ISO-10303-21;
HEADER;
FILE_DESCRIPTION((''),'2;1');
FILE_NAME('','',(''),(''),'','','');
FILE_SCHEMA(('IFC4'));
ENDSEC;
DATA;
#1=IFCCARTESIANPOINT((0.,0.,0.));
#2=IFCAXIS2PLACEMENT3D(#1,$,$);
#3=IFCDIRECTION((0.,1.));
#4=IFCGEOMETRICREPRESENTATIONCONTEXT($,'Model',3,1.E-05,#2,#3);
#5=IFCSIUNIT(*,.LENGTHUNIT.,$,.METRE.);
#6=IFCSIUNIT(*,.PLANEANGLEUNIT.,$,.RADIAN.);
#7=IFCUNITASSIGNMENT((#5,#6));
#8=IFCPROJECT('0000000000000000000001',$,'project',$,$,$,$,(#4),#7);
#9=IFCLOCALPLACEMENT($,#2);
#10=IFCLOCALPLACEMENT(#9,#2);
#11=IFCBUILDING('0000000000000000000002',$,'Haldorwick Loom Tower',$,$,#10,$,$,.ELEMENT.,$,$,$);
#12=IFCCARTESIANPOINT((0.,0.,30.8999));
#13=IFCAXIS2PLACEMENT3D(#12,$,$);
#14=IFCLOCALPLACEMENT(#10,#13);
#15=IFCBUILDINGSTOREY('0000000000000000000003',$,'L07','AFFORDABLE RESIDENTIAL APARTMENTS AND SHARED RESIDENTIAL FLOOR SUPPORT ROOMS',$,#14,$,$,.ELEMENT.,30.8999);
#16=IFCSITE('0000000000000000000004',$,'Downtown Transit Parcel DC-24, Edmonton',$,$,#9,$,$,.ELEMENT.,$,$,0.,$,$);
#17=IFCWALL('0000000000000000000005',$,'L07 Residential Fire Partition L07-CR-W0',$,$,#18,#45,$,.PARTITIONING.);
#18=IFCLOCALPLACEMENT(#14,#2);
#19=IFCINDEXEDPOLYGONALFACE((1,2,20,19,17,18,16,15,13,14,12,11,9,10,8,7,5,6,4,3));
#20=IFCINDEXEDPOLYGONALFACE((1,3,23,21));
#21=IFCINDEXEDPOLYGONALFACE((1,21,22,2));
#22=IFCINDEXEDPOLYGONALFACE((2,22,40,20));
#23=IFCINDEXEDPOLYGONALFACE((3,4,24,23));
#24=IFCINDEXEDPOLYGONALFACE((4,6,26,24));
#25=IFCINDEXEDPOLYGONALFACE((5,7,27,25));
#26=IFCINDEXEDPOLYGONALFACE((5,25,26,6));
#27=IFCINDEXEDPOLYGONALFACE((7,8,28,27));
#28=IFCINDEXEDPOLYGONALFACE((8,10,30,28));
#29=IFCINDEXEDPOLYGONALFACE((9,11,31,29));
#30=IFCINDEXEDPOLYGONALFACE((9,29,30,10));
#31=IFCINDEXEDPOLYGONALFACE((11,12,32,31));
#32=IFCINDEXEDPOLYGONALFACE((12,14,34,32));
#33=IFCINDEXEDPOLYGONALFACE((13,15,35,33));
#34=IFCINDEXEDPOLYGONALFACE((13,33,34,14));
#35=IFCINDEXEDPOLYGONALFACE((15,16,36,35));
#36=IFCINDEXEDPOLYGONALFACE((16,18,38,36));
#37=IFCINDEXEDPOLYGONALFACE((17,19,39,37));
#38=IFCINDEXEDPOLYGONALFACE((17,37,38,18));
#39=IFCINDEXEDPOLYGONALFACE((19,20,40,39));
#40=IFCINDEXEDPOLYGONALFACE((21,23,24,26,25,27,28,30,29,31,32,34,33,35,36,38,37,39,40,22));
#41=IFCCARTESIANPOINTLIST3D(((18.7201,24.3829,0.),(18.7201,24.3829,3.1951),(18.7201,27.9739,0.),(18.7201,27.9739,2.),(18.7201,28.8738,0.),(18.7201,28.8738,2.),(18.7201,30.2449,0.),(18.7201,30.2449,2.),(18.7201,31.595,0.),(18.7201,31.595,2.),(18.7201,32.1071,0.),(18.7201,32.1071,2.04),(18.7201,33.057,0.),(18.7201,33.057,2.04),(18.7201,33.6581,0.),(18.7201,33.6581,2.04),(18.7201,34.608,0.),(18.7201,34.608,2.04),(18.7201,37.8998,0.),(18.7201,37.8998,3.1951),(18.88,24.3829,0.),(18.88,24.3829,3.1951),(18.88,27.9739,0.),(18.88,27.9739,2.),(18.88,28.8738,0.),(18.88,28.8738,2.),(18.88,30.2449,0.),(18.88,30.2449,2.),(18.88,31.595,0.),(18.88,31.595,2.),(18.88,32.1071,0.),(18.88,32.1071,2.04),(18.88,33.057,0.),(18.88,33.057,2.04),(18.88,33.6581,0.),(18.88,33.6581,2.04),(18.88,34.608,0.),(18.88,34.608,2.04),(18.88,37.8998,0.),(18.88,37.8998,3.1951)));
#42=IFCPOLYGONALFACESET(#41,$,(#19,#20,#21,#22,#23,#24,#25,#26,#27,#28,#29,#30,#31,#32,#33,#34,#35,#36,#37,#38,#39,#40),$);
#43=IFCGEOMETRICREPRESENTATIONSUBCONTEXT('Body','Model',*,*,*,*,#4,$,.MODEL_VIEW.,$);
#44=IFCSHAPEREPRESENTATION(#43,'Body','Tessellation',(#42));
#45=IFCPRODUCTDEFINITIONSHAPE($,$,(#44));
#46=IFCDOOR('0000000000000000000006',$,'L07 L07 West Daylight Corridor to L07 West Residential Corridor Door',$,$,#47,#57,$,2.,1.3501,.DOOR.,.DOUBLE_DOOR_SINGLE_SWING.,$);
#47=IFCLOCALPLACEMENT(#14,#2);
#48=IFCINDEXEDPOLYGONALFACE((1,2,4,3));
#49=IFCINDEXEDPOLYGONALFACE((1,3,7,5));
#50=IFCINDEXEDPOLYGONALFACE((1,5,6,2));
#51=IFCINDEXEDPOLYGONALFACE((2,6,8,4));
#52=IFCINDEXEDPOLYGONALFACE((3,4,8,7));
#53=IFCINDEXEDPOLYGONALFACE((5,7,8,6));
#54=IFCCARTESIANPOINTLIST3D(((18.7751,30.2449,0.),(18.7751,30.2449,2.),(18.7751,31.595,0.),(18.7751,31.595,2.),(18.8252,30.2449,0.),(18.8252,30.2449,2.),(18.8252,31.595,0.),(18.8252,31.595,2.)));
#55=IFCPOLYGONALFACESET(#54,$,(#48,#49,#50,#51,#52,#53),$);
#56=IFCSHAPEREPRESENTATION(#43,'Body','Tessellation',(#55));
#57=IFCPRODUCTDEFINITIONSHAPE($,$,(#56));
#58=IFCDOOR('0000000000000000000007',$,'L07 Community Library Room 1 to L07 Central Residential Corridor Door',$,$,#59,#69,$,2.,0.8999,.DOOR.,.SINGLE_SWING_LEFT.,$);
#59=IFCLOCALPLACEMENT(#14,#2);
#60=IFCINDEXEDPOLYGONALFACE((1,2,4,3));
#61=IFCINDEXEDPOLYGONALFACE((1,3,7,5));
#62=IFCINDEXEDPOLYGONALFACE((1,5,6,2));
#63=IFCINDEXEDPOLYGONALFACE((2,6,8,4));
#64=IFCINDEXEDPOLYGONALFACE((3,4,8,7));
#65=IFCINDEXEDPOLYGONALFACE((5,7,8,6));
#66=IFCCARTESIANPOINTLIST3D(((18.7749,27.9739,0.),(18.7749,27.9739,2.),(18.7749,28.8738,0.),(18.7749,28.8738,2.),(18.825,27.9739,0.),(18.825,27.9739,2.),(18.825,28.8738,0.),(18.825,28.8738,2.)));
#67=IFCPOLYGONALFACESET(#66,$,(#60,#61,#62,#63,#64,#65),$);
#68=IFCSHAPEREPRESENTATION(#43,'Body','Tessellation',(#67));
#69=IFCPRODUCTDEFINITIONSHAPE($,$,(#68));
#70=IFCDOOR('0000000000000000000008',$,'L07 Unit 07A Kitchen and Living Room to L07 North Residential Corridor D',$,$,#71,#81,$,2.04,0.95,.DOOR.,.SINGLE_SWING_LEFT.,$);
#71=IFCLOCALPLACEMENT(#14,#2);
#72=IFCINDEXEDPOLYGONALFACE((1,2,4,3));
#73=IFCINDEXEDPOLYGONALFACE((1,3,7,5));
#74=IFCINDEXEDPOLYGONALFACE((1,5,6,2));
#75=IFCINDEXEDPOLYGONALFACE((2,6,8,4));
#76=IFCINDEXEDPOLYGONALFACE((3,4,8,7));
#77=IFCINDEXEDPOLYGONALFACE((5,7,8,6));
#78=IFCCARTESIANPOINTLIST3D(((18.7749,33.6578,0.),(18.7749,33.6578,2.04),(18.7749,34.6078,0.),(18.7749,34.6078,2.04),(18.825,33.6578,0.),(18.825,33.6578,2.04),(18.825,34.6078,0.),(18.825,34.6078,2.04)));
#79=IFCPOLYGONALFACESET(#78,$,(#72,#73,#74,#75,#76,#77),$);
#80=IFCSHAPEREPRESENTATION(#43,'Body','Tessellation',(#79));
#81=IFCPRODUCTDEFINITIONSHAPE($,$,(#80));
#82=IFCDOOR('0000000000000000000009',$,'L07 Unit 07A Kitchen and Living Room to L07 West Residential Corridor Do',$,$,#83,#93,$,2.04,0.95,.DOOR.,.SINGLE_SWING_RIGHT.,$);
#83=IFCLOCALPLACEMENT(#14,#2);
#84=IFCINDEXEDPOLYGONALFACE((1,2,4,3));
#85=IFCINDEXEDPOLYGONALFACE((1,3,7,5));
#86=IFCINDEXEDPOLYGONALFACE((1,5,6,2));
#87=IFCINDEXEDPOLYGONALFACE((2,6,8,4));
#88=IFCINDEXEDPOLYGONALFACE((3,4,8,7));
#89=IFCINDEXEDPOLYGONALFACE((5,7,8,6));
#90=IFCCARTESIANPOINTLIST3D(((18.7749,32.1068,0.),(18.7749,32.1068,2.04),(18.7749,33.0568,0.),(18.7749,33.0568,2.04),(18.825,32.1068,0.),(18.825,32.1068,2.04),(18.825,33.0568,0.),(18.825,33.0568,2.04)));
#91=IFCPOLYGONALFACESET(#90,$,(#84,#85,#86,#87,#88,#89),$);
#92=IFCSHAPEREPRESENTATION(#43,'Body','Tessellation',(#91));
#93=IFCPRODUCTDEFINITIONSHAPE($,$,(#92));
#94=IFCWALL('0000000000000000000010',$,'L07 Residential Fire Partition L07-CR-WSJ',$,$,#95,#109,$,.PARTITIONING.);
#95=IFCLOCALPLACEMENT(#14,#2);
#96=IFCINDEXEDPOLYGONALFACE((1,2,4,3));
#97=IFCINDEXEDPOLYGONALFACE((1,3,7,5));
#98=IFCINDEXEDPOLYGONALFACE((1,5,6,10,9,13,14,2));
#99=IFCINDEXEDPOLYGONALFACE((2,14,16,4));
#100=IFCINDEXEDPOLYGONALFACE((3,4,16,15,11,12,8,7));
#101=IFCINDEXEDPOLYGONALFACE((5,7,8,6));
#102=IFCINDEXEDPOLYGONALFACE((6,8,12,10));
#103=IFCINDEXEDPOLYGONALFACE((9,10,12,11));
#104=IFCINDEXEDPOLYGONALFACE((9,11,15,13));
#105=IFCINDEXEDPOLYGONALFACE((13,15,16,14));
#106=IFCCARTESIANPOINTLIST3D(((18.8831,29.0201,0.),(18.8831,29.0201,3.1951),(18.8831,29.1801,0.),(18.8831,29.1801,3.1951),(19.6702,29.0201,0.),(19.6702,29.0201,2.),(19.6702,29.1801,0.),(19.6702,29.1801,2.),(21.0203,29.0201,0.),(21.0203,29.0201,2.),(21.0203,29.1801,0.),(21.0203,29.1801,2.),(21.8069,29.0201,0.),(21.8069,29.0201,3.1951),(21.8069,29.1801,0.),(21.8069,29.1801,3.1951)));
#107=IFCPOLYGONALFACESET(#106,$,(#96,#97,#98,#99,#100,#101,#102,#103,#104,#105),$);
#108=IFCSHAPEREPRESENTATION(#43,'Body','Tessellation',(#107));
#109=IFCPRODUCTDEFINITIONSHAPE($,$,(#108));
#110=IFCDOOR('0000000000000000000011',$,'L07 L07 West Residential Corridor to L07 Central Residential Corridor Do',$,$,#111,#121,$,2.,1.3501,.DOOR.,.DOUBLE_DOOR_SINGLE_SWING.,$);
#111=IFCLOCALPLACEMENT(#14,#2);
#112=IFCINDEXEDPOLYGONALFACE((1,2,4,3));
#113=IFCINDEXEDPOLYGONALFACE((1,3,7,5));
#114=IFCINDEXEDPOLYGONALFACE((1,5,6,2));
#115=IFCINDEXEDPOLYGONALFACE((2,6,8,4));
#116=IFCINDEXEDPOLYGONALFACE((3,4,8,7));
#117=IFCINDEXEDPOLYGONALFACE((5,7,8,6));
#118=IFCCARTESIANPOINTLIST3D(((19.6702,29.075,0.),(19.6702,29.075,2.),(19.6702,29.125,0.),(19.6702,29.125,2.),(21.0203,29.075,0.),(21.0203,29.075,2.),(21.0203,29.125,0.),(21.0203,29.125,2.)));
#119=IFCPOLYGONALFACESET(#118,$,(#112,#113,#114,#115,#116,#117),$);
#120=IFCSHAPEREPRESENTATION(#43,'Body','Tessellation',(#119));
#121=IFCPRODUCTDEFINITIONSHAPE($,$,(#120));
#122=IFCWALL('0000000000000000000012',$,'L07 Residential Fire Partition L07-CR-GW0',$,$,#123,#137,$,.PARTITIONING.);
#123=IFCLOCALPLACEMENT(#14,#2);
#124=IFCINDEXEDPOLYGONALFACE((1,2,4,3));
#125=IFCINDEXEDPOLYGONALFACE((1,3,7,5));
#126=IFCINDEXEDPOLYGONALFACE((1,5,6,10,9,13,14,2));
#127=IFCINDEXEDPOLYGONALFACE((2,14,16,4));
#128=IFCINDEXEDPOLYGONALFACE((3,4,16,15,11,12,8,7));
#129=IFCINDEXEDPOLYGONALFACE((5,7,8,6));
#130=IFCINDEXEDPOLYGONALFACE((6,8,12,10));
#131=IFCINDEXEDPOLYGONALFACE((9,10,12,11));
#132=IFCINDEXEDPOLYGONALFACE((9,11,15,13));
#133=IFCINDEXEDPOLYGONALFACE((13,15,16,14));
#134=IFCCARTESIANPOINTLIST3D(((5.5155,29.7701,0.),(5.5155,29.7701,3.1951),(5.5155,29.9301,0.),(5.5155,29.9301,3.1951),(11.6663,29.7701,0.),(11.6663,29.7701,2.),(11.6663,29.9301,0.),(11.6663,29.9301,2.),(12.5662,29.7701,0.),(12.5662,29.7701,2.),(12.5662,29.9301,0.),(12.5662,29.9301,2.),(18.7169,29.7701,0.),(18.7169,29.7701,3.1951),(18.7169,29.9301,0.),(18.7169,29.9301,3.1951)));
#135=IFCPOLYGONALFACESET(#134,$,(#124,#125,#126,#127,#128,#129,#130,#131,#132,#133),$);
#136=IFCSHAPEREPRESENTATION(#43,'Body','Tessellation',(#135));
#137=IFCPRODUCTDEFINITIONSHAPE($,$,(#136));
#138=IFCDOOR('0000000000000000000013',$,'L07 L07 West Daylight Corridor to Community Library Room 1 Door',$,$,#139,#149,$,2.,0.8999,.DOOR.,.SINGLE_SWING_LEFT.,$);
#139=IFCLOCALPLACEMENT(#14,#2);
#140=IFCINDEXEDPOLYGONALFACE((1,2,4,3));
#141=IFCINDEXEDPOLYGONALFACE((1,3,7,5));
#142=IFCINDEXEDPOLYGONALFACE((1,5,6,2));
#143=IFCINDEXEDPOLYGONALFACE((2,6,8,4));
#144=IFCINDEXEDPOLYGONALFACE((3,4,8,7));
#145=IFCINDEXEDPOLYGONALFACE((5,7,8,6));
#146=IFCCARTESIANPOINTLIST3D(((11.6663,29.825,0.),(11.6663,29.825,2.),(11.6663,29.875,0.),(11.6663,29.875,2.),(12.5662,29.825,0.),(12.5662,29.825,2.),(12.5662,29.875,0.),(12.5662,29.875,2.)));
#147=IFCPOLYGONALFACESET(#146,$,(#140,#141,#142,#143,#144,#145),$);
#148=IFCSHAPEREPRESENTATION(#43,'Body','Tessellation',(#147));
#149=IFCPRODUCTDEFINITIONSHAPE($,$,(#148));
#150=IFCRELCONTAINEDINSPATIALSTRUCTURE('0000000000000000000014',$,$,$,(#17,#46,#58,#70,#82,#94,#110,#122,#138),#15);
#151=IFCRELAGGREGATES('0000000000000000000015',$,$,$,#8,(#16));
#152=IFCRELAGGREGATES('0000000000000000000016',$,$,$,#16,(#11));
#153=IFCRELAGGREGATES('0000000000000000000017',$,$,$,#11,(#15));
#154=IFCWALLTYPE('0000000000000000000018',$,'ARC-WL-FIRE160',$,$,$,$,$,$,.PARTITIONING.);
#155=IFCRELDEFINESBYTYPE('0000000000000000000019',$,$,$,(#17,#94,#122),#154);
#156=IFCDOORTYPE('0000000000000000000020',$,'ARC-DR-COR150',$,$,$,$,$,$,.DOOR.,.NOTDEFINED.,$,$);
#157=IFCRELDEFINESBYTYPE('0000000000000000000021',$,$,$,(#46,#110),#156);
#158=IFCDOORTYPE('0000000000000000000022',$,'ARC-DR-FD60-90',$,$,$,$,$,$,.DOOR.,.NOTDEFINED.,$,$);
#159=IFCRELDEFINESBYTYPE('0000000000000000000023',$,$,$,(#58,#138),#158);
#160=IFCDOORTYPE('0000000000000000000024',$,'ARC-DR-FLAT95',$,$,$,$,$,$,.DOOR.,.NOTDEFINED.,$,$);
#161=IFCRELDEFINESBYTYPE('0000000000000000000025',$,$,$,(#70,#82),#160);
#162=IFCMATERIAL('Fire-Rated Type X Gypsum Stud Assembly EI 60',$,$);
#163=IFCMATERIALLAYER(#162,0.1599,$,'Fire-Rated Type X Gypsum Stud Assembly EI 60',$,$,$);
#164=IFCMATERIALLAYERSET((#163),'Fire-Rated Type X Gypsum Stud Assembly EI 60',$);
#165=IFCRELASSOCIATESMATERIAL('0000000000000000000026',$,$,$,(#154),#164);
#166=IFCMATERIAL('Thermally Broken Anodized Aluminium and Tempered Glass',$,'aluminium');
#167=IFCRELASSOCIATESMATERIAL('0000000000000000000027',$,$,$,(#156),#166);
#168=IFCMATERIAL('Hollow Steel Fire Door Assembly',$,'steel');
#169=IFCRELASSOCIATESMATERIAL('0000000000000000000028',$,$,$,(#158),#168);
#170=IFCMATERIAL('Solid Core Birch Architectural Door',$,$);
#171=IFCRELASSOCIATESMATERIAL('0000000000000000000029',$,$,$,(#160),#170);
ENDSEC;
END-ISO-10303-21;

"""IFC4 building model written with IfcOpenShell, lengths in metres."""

from ifc_helpers import new_model, si_unit, direction, frame, frame_2d, origin, place, context, subcontext, project, spatial, rectangle, extrude, material, layer, layer_set, type_object, element, fill, save


model = new_model("IFC4")

# Units and contexts
model_context = context("Model", 3, precision=1e-05, world=origin(), true_north=direction((0.0, 1.0)))
body_context = subcontext(model_context, "Body", "Model", "MODEL_VIEW")
ifc_project = project(units=[si_unit("LENGTHUNIT", "METRE"), si_unit("PLANEANGLEUNIT", "RADIAN")], contexts=[model_context])

# Site, building, storey
site_placement = place(None, origin())
site = spatial("IfcSite", under=ifc_project, at=site_placement, Name="Downtown Transit Parcel DC-24, Edmonton", CompositionType="ELEMENT", RefElevation=0.0)
building_placement = place(site_placement, origin())
building = spatial("IfcBuilding", under=site, at=building_placement, Name="Haldorwick Loom Tower", CompositionType="ELEMENT")
storey_placement = place(building_placement, frame((0.0, 0.0, 30.8999)))
storey = spatial("IfcBuildingStorey", under=building, at=storey_placement, Name="L07", Description="AFFORDABLE RESIDENTIAL APARTMENTS AND SHARED RESIDENTIAL FLOOR SUPPORT ROOMS", CompositionType="ELEMENT", Elevation=30.8999)

# Wall, openings, doors
ifc_material_1 = material(Name="Fire-Rated Type X Gypsum Stud Assembly EI 60")
ifc_layer_1 = layer(ifc_material_1, 0.1599, Name="Fire-Rated Type X Gypsum Stud Assembly EI 60")
ifc_layer_set_1 = layer_set([ifc_layer_1], Name="Fire-Rated Type X Gypsum Stud Assembly EI 60")
wall_type_1 = type_object("IfcWallType", Name="ARC-WL-FIRE160", PredefinedType="PARTITIONING", material=ifc_layer_set_1)
wall_1_placement = place(storey_placement, frame((18.8, 24.3831, 0.0), z_axis=(0.0, 0.0, 1.0), x_axis=(0.0, 1.0, 0.0)))
wall_1 = element("IfcWall", 1, at=wall_1_placement, inside=storey, type_object=wall_type_1, Name="L07 Residential Fire Partition L07-CR-W0", PredefinedType="PARTITIONING", context=body_context, shape_type="SweptSolid", body=[
    extrude(rectangle(XDim=13.5168, YDim=0.1599, at=frame_2d((6.7583, 0.0))), origin(), (0.0, 0.0, 1.0), 3.1951),
])
opening_1_placement = place(wall_1_placement, frame((5.8618, 0.0, 0.0)))
opening_1 = element("IfcOpeningElement", 2, at=opening_1_placement, cuts=wall_1, PredefinedType="OPENING", context=body_context, shape_type="SweptSolid", body=[
    extrude(rectangle(XDim=1.3501, YDim=2.0, at=frame_2d((0.675, 1.0))), frame((0.0, 0.0898, 0.0), z_axis=(0.0, -1.0, 0.0), x_axis=(1.0, 0.0, 0.0)), (0.0, 0.0, 1.0), 0.1799),
])
opening_2_placement = place(wall_1_placement, frame((3.5908, 0.0, 0.0)))
opening_2 = element("IfcOpeningElement", 3, at=opening_2_placement, cuts=wall_1, PredefinedType="OPENING", context=body_context, shape_type="SweptSolid", body=[
    extrude(rectangle(XDim=0.8999, YDim=2.0, at=frame_2d((0.45, 1.0))), frame((0.0, 0.0898, 0.0), z_axis=(0.0, -1.0, 0.0), x_axis=(1.0, 0.0, 0.0)), (0.0, 0.0, 1.0), 0.1799),
])
opening_3_placement = place(wall_1_placement, frame((9.2749, 0.0, 0.0)))
opening_3 = element("IfcOpeningElement", 4, at=opening_3_placement, cuts=wall_1, PredefinedType="OPENING", context=body_context, shape_type="SweptSolid", body=[
    extrude(rectangle(XDim=0.95, YDim=2.04, at=frame_2d((0.4751, 1.02))), frame((0.0, 0.0898, 0.0), z_axis=(0.0, -1.0, 0.0), x_axis=(1.0, 0.0, 0.0)), (0.0, 0.0, 1.0), 0.1799),
])
opening_4_placement = place(wall_1_placement, frame((7.7239, 0.0, 0.0)))
opening_4 = element("IfcOpeningElement", 5, at=opening_4_placement, cuts=wall_1, PredefinedType="OPENING", context=body_context, shape_type="SweptSolid", body=[
    extrude(rectangle(XDim=0.95, YDim=2.04, at=frame_2d((0.4751, 1.02))), frame((0.0, 0.0898, 0.0), z_axis=(0.0, -1.0, 0.0), x_axis=(1.0, 0.0, 0.0)), (0.0, 0.0, 1.0), 0.1799),
])
ifc_material_2 = material(Name="Thermally Broken Anodized Aluminium and Tempered Glass", Category="aluminium")
door_type_1 = type_object("IfcDoorType", Name="ARC-DR-COR150", OperationType="NOTDEFINED", PredefinedType="DOOR", material=ifc_material_2)
door_1_placement = place(opening_1_placement, origin())
door_1 = element("IfcDoor", 6, at=door_1_placement, inside=storey, type_object=door_type_1, Name="L07 L07 West Daylight Corridor to L07 West Residential Corridor Door", OperationType="DOUBLE_DOOR_SINGLE_SWING", OverallHeight=2.0, OverallWidth=1.3501, PredefinedType="DOOR", context=body_context, shape_type="SweptSolid", body=[
    extrude(rectangle(XDim=1.3501, YDim=2.0, at=frame_2d((0.675, 1.0))), frame((0.0, 0.0249, 0.0), z_axis=(0.0, -1.0, 0.0), x_axis=(1.0, 0.0, 0.0)), (0.0, 0.0, 1.0), 0.05),
])
fill(opening_1, door_1)
ifc_material_3 = material(Name="Hollow Steel Fire Door Assembly", Category="steel")
door_type_2 = type_object("IfcDoorType", Name="ARC-DR-FD60-90", OperationType="NOTDEFINED", PredefinedType="DOOR", material=ifc_material_3)
door_2_placement = place(opening_2_placement, frame((0.8999, 0.0, 0.0), z_axis=(0.0, 0.0, 1.0), x_axis=(-1.0, 0.0, 0.0)))
door_2 = element("IfcDoor", 7, at=door_2_placement, inside=storey, type_object=door_type_2, Name="L07 Community Library Room 1 to L07 Central Residential Corridor Door", OperationType="SINGLE_SWING_LEFT", OverallHeight=2.0, OverallWidth=0.8999, PredefinedType="DOOR", context=body_context, shape_type="SweptSolid", body=[
    extrude(rectangle(XDim=0.8999, YDim=2.0, at=frame_2d((0.45, 1.0))), frame((0.0, 0.0249, 0.0), z_axis=(0.0, -1.0, 0.0), x_axis=(1.0, 0.0, 0.0)), (0.0, 0.0, 1.0), 0.05),
])
fill(opening_2, door_2)
ifc_material_4 = material(Name="Solid Core Birch Architectural Door")
door_type_3 = type_object("IfcDoorType", Name="ARC-DR-FLAT95", OperationType="NOTDEFINED", PredefinedType="DOOR", material=ifc_material_4)
door_3_placement = place(opening_3_placement, frame((0.95, 0.0, 0.0), z_axis=(0.0, 0.0, 1.0), x_axis=(-1.0, 0.0, 0.0)))
door_3 = element("IfcDoor", 8, at=door_3_placement, inside=storey, type_object=door_type_3, Name="L07 Unit 07A Kitchen and Living Room to L07 North Residential Corridor D", OperationType="SINGLE_SWING_LEFT", OverallHeight=2.04, OverallWidth=0.95, PredefinedType="DOOR", context=body_context, shape_type="SweptSolid", body=[
    extrude(rectangle(XDim=0.95, YDim=2.04, at=frame_2d((0.4751, 1.02))), frame((0.0, 0.0249, 0.0), z_axis=(0.0, -1.0, 0.0), x_axis=(1.0, 0.0, 0.0)), (0.0, 0.0, 1.0), 0.05),
])
fill(opening_3, door_3)
door_4_placement = place(opening_4_placement, frame((0.95, 0.0, 0.0), z_axis=(0.0, 0.0, 1.0), x_axis=(-1.0, 0.0, 0.0)))
door_4 = element("IfcDoor", 9, at=door_4_placement, inside=storey, type_object=door_type_3, Name="L07 Unit 07A Kitchen and Living Room to L07 West Residential Corridor Do", OperationType="SINGLE_SWING_RIGHT", OverallHeight=2.04, OverallWidth=0.95, PredefinedType="DOOR", context=body_context, shape_type="SweptSolid", body=[
    extrude(rectangle(XDim=0.95, YDim=2.04, at=frame_2d((0.4751, 1.02))), frame((0.0, 0.0249, 0.0), z_axis=(0.0, -1.0, 0.0), x_axis=(1.0, 0.0, 0.0)), (0.0, 0.0, 1.0), 0.05),
])
fill(opening_4, door_4)

# Walls, openings, doors
wall_2_placement = place(storey_placement, frame((18.8831, 29.1001, 0.0), z_axis=(0.0, 0.0, 1.0), x_axis=(1.0, 0.0, 0.0)))
wall_2 = element("IfcWall", 10, at=wall_2_placement, inside=storey, type_object=wall_type_1, Name="L07 Residential Fire Partition L07-CR-WSJ", PredefinedType="PARTITIONING", context=body_context, shape_type="SweptSolid", body=[
    extrude(rectangle(XDim=2.9238, YDim=0.1599, at=frame_2d((1.4619, 0.0))), origin(), (0.0, 0.0, 1.0), 3.1951),
])
opening_5_placement = place(wall_2_placement, frame((0.7871, 0.0, 0.0)))
opening_5 = element("IfcOpeningElement", 11, at=opening_5_placement, cuts=wall_2, PredefinedType="OPENING", context=body_context, shape_type="SweptSolid", body=[
    extrude(rectangle(XDim=1.3501, YDim=2.0, at=frame_2d((0.675, 1.0))), frame((0.0, 0.0898, 0.0), z_axis=(0.0, -1.0, 0.0), x_axis=(1.0, 0.0, 0.0)), (0.0, 0.0, 1.0), 0.1799),
])
door_5_placement = place(opening_5_placement, origin())
door_5 = element("IfcDoor", 12, at=door_5_placement, inside=storey, type_object=door_type_1, Name="L07 L07 West Residential Corridor to L07 Central Residential Corridor Do", OperationType="DOUBLE_DOOR_SINGLE_SWING", OverallHeight=2.0, OverallWidth=1.3501, PredefinedType="DOOR", context=body_context, shape_type="SweptSolid", body=[
    extrude(rectangle(XDim=1.3501, YDim=2.0, at=frame_2d((0.675, 1.0))), frame((0.0, 0.0249, 0.0), z_axis=(0.0, -1.0, 0.0), x_axis=(1.0, 0.0, 0.0)), (0.0, 0.0, 1.0), 0.05),
])
fill(opening_5, door_5)
wall_3_placement = place(storey_placement, frame((5.5156, 29.8501, 0.0), z_axis=(0.0, 0.0, 1.0), x_axis=(1.0, 0.0, 0.0)))
wall_3 = element("IfcWall", 13, at=wall_3_placement, inside=storey, type_object=wall_type_1, Name="L07 Residential Fire Partition L07-CR-GW0", PredefinedType="PARTITIONING", context=body_context, shape_type="SweptSolid", body=[
    extrude(rectangle(XDim=13.2014, YDim=0.1599, at=frame_2d((6.6006, 0.0))), origin(), (0.0, 0.0, 1.0), 3.1951),
])
opening_6_placement = place(wall_3_placement, frame((6.1506, 0.0, 0.0)))
opening_6 = element("IfcOpeningElement", 14, at=opening_6_placement, cuts=wall_3, PredefinedType="OPENING", context=body_context, shape_type="SweptSolid", body=[
    extrude(rectangle(XDim=0.8999, YDim=2.0, at=frame_2d((0.45, 1.0))), frame((0.0, 0.0898, 0.0), z_axis=(0.0, -1.0, 0.0), x_axis=(1.0, 0.0, 0.0)), (0.0, 0.0, 1.0), 0.1799),
])
door_6_placement = place(opening_6_placement, origin())
door_6 = element("IfcDoor", 15, at=door_6_placement, inside=storey, type_object=door_type_2, Name="L07 L07 West Daylight Corridor to Community Library Room 1 Door", OperationType="SINGLE_SWING_LEFT", OverallHeight=2.0, OverallWidth=0.8999, PredefinedType="DOOR", context=body_context, shape_type="SweptSolid", body=[
    extrude(rectangle(XDim=0.8999, YDim=2.0, at=frame_2d((0.45, 1.0))), frame((0.0, 0.0249, 0.0), z_axis=(0.0, -1.0, 0.0), x_axis=(1.0, 0.0, 0.0)), (0.0, 0.0, 1.0), 0.05),
])
fill(opening_6, door_6)

save(model, "model.ifc")
